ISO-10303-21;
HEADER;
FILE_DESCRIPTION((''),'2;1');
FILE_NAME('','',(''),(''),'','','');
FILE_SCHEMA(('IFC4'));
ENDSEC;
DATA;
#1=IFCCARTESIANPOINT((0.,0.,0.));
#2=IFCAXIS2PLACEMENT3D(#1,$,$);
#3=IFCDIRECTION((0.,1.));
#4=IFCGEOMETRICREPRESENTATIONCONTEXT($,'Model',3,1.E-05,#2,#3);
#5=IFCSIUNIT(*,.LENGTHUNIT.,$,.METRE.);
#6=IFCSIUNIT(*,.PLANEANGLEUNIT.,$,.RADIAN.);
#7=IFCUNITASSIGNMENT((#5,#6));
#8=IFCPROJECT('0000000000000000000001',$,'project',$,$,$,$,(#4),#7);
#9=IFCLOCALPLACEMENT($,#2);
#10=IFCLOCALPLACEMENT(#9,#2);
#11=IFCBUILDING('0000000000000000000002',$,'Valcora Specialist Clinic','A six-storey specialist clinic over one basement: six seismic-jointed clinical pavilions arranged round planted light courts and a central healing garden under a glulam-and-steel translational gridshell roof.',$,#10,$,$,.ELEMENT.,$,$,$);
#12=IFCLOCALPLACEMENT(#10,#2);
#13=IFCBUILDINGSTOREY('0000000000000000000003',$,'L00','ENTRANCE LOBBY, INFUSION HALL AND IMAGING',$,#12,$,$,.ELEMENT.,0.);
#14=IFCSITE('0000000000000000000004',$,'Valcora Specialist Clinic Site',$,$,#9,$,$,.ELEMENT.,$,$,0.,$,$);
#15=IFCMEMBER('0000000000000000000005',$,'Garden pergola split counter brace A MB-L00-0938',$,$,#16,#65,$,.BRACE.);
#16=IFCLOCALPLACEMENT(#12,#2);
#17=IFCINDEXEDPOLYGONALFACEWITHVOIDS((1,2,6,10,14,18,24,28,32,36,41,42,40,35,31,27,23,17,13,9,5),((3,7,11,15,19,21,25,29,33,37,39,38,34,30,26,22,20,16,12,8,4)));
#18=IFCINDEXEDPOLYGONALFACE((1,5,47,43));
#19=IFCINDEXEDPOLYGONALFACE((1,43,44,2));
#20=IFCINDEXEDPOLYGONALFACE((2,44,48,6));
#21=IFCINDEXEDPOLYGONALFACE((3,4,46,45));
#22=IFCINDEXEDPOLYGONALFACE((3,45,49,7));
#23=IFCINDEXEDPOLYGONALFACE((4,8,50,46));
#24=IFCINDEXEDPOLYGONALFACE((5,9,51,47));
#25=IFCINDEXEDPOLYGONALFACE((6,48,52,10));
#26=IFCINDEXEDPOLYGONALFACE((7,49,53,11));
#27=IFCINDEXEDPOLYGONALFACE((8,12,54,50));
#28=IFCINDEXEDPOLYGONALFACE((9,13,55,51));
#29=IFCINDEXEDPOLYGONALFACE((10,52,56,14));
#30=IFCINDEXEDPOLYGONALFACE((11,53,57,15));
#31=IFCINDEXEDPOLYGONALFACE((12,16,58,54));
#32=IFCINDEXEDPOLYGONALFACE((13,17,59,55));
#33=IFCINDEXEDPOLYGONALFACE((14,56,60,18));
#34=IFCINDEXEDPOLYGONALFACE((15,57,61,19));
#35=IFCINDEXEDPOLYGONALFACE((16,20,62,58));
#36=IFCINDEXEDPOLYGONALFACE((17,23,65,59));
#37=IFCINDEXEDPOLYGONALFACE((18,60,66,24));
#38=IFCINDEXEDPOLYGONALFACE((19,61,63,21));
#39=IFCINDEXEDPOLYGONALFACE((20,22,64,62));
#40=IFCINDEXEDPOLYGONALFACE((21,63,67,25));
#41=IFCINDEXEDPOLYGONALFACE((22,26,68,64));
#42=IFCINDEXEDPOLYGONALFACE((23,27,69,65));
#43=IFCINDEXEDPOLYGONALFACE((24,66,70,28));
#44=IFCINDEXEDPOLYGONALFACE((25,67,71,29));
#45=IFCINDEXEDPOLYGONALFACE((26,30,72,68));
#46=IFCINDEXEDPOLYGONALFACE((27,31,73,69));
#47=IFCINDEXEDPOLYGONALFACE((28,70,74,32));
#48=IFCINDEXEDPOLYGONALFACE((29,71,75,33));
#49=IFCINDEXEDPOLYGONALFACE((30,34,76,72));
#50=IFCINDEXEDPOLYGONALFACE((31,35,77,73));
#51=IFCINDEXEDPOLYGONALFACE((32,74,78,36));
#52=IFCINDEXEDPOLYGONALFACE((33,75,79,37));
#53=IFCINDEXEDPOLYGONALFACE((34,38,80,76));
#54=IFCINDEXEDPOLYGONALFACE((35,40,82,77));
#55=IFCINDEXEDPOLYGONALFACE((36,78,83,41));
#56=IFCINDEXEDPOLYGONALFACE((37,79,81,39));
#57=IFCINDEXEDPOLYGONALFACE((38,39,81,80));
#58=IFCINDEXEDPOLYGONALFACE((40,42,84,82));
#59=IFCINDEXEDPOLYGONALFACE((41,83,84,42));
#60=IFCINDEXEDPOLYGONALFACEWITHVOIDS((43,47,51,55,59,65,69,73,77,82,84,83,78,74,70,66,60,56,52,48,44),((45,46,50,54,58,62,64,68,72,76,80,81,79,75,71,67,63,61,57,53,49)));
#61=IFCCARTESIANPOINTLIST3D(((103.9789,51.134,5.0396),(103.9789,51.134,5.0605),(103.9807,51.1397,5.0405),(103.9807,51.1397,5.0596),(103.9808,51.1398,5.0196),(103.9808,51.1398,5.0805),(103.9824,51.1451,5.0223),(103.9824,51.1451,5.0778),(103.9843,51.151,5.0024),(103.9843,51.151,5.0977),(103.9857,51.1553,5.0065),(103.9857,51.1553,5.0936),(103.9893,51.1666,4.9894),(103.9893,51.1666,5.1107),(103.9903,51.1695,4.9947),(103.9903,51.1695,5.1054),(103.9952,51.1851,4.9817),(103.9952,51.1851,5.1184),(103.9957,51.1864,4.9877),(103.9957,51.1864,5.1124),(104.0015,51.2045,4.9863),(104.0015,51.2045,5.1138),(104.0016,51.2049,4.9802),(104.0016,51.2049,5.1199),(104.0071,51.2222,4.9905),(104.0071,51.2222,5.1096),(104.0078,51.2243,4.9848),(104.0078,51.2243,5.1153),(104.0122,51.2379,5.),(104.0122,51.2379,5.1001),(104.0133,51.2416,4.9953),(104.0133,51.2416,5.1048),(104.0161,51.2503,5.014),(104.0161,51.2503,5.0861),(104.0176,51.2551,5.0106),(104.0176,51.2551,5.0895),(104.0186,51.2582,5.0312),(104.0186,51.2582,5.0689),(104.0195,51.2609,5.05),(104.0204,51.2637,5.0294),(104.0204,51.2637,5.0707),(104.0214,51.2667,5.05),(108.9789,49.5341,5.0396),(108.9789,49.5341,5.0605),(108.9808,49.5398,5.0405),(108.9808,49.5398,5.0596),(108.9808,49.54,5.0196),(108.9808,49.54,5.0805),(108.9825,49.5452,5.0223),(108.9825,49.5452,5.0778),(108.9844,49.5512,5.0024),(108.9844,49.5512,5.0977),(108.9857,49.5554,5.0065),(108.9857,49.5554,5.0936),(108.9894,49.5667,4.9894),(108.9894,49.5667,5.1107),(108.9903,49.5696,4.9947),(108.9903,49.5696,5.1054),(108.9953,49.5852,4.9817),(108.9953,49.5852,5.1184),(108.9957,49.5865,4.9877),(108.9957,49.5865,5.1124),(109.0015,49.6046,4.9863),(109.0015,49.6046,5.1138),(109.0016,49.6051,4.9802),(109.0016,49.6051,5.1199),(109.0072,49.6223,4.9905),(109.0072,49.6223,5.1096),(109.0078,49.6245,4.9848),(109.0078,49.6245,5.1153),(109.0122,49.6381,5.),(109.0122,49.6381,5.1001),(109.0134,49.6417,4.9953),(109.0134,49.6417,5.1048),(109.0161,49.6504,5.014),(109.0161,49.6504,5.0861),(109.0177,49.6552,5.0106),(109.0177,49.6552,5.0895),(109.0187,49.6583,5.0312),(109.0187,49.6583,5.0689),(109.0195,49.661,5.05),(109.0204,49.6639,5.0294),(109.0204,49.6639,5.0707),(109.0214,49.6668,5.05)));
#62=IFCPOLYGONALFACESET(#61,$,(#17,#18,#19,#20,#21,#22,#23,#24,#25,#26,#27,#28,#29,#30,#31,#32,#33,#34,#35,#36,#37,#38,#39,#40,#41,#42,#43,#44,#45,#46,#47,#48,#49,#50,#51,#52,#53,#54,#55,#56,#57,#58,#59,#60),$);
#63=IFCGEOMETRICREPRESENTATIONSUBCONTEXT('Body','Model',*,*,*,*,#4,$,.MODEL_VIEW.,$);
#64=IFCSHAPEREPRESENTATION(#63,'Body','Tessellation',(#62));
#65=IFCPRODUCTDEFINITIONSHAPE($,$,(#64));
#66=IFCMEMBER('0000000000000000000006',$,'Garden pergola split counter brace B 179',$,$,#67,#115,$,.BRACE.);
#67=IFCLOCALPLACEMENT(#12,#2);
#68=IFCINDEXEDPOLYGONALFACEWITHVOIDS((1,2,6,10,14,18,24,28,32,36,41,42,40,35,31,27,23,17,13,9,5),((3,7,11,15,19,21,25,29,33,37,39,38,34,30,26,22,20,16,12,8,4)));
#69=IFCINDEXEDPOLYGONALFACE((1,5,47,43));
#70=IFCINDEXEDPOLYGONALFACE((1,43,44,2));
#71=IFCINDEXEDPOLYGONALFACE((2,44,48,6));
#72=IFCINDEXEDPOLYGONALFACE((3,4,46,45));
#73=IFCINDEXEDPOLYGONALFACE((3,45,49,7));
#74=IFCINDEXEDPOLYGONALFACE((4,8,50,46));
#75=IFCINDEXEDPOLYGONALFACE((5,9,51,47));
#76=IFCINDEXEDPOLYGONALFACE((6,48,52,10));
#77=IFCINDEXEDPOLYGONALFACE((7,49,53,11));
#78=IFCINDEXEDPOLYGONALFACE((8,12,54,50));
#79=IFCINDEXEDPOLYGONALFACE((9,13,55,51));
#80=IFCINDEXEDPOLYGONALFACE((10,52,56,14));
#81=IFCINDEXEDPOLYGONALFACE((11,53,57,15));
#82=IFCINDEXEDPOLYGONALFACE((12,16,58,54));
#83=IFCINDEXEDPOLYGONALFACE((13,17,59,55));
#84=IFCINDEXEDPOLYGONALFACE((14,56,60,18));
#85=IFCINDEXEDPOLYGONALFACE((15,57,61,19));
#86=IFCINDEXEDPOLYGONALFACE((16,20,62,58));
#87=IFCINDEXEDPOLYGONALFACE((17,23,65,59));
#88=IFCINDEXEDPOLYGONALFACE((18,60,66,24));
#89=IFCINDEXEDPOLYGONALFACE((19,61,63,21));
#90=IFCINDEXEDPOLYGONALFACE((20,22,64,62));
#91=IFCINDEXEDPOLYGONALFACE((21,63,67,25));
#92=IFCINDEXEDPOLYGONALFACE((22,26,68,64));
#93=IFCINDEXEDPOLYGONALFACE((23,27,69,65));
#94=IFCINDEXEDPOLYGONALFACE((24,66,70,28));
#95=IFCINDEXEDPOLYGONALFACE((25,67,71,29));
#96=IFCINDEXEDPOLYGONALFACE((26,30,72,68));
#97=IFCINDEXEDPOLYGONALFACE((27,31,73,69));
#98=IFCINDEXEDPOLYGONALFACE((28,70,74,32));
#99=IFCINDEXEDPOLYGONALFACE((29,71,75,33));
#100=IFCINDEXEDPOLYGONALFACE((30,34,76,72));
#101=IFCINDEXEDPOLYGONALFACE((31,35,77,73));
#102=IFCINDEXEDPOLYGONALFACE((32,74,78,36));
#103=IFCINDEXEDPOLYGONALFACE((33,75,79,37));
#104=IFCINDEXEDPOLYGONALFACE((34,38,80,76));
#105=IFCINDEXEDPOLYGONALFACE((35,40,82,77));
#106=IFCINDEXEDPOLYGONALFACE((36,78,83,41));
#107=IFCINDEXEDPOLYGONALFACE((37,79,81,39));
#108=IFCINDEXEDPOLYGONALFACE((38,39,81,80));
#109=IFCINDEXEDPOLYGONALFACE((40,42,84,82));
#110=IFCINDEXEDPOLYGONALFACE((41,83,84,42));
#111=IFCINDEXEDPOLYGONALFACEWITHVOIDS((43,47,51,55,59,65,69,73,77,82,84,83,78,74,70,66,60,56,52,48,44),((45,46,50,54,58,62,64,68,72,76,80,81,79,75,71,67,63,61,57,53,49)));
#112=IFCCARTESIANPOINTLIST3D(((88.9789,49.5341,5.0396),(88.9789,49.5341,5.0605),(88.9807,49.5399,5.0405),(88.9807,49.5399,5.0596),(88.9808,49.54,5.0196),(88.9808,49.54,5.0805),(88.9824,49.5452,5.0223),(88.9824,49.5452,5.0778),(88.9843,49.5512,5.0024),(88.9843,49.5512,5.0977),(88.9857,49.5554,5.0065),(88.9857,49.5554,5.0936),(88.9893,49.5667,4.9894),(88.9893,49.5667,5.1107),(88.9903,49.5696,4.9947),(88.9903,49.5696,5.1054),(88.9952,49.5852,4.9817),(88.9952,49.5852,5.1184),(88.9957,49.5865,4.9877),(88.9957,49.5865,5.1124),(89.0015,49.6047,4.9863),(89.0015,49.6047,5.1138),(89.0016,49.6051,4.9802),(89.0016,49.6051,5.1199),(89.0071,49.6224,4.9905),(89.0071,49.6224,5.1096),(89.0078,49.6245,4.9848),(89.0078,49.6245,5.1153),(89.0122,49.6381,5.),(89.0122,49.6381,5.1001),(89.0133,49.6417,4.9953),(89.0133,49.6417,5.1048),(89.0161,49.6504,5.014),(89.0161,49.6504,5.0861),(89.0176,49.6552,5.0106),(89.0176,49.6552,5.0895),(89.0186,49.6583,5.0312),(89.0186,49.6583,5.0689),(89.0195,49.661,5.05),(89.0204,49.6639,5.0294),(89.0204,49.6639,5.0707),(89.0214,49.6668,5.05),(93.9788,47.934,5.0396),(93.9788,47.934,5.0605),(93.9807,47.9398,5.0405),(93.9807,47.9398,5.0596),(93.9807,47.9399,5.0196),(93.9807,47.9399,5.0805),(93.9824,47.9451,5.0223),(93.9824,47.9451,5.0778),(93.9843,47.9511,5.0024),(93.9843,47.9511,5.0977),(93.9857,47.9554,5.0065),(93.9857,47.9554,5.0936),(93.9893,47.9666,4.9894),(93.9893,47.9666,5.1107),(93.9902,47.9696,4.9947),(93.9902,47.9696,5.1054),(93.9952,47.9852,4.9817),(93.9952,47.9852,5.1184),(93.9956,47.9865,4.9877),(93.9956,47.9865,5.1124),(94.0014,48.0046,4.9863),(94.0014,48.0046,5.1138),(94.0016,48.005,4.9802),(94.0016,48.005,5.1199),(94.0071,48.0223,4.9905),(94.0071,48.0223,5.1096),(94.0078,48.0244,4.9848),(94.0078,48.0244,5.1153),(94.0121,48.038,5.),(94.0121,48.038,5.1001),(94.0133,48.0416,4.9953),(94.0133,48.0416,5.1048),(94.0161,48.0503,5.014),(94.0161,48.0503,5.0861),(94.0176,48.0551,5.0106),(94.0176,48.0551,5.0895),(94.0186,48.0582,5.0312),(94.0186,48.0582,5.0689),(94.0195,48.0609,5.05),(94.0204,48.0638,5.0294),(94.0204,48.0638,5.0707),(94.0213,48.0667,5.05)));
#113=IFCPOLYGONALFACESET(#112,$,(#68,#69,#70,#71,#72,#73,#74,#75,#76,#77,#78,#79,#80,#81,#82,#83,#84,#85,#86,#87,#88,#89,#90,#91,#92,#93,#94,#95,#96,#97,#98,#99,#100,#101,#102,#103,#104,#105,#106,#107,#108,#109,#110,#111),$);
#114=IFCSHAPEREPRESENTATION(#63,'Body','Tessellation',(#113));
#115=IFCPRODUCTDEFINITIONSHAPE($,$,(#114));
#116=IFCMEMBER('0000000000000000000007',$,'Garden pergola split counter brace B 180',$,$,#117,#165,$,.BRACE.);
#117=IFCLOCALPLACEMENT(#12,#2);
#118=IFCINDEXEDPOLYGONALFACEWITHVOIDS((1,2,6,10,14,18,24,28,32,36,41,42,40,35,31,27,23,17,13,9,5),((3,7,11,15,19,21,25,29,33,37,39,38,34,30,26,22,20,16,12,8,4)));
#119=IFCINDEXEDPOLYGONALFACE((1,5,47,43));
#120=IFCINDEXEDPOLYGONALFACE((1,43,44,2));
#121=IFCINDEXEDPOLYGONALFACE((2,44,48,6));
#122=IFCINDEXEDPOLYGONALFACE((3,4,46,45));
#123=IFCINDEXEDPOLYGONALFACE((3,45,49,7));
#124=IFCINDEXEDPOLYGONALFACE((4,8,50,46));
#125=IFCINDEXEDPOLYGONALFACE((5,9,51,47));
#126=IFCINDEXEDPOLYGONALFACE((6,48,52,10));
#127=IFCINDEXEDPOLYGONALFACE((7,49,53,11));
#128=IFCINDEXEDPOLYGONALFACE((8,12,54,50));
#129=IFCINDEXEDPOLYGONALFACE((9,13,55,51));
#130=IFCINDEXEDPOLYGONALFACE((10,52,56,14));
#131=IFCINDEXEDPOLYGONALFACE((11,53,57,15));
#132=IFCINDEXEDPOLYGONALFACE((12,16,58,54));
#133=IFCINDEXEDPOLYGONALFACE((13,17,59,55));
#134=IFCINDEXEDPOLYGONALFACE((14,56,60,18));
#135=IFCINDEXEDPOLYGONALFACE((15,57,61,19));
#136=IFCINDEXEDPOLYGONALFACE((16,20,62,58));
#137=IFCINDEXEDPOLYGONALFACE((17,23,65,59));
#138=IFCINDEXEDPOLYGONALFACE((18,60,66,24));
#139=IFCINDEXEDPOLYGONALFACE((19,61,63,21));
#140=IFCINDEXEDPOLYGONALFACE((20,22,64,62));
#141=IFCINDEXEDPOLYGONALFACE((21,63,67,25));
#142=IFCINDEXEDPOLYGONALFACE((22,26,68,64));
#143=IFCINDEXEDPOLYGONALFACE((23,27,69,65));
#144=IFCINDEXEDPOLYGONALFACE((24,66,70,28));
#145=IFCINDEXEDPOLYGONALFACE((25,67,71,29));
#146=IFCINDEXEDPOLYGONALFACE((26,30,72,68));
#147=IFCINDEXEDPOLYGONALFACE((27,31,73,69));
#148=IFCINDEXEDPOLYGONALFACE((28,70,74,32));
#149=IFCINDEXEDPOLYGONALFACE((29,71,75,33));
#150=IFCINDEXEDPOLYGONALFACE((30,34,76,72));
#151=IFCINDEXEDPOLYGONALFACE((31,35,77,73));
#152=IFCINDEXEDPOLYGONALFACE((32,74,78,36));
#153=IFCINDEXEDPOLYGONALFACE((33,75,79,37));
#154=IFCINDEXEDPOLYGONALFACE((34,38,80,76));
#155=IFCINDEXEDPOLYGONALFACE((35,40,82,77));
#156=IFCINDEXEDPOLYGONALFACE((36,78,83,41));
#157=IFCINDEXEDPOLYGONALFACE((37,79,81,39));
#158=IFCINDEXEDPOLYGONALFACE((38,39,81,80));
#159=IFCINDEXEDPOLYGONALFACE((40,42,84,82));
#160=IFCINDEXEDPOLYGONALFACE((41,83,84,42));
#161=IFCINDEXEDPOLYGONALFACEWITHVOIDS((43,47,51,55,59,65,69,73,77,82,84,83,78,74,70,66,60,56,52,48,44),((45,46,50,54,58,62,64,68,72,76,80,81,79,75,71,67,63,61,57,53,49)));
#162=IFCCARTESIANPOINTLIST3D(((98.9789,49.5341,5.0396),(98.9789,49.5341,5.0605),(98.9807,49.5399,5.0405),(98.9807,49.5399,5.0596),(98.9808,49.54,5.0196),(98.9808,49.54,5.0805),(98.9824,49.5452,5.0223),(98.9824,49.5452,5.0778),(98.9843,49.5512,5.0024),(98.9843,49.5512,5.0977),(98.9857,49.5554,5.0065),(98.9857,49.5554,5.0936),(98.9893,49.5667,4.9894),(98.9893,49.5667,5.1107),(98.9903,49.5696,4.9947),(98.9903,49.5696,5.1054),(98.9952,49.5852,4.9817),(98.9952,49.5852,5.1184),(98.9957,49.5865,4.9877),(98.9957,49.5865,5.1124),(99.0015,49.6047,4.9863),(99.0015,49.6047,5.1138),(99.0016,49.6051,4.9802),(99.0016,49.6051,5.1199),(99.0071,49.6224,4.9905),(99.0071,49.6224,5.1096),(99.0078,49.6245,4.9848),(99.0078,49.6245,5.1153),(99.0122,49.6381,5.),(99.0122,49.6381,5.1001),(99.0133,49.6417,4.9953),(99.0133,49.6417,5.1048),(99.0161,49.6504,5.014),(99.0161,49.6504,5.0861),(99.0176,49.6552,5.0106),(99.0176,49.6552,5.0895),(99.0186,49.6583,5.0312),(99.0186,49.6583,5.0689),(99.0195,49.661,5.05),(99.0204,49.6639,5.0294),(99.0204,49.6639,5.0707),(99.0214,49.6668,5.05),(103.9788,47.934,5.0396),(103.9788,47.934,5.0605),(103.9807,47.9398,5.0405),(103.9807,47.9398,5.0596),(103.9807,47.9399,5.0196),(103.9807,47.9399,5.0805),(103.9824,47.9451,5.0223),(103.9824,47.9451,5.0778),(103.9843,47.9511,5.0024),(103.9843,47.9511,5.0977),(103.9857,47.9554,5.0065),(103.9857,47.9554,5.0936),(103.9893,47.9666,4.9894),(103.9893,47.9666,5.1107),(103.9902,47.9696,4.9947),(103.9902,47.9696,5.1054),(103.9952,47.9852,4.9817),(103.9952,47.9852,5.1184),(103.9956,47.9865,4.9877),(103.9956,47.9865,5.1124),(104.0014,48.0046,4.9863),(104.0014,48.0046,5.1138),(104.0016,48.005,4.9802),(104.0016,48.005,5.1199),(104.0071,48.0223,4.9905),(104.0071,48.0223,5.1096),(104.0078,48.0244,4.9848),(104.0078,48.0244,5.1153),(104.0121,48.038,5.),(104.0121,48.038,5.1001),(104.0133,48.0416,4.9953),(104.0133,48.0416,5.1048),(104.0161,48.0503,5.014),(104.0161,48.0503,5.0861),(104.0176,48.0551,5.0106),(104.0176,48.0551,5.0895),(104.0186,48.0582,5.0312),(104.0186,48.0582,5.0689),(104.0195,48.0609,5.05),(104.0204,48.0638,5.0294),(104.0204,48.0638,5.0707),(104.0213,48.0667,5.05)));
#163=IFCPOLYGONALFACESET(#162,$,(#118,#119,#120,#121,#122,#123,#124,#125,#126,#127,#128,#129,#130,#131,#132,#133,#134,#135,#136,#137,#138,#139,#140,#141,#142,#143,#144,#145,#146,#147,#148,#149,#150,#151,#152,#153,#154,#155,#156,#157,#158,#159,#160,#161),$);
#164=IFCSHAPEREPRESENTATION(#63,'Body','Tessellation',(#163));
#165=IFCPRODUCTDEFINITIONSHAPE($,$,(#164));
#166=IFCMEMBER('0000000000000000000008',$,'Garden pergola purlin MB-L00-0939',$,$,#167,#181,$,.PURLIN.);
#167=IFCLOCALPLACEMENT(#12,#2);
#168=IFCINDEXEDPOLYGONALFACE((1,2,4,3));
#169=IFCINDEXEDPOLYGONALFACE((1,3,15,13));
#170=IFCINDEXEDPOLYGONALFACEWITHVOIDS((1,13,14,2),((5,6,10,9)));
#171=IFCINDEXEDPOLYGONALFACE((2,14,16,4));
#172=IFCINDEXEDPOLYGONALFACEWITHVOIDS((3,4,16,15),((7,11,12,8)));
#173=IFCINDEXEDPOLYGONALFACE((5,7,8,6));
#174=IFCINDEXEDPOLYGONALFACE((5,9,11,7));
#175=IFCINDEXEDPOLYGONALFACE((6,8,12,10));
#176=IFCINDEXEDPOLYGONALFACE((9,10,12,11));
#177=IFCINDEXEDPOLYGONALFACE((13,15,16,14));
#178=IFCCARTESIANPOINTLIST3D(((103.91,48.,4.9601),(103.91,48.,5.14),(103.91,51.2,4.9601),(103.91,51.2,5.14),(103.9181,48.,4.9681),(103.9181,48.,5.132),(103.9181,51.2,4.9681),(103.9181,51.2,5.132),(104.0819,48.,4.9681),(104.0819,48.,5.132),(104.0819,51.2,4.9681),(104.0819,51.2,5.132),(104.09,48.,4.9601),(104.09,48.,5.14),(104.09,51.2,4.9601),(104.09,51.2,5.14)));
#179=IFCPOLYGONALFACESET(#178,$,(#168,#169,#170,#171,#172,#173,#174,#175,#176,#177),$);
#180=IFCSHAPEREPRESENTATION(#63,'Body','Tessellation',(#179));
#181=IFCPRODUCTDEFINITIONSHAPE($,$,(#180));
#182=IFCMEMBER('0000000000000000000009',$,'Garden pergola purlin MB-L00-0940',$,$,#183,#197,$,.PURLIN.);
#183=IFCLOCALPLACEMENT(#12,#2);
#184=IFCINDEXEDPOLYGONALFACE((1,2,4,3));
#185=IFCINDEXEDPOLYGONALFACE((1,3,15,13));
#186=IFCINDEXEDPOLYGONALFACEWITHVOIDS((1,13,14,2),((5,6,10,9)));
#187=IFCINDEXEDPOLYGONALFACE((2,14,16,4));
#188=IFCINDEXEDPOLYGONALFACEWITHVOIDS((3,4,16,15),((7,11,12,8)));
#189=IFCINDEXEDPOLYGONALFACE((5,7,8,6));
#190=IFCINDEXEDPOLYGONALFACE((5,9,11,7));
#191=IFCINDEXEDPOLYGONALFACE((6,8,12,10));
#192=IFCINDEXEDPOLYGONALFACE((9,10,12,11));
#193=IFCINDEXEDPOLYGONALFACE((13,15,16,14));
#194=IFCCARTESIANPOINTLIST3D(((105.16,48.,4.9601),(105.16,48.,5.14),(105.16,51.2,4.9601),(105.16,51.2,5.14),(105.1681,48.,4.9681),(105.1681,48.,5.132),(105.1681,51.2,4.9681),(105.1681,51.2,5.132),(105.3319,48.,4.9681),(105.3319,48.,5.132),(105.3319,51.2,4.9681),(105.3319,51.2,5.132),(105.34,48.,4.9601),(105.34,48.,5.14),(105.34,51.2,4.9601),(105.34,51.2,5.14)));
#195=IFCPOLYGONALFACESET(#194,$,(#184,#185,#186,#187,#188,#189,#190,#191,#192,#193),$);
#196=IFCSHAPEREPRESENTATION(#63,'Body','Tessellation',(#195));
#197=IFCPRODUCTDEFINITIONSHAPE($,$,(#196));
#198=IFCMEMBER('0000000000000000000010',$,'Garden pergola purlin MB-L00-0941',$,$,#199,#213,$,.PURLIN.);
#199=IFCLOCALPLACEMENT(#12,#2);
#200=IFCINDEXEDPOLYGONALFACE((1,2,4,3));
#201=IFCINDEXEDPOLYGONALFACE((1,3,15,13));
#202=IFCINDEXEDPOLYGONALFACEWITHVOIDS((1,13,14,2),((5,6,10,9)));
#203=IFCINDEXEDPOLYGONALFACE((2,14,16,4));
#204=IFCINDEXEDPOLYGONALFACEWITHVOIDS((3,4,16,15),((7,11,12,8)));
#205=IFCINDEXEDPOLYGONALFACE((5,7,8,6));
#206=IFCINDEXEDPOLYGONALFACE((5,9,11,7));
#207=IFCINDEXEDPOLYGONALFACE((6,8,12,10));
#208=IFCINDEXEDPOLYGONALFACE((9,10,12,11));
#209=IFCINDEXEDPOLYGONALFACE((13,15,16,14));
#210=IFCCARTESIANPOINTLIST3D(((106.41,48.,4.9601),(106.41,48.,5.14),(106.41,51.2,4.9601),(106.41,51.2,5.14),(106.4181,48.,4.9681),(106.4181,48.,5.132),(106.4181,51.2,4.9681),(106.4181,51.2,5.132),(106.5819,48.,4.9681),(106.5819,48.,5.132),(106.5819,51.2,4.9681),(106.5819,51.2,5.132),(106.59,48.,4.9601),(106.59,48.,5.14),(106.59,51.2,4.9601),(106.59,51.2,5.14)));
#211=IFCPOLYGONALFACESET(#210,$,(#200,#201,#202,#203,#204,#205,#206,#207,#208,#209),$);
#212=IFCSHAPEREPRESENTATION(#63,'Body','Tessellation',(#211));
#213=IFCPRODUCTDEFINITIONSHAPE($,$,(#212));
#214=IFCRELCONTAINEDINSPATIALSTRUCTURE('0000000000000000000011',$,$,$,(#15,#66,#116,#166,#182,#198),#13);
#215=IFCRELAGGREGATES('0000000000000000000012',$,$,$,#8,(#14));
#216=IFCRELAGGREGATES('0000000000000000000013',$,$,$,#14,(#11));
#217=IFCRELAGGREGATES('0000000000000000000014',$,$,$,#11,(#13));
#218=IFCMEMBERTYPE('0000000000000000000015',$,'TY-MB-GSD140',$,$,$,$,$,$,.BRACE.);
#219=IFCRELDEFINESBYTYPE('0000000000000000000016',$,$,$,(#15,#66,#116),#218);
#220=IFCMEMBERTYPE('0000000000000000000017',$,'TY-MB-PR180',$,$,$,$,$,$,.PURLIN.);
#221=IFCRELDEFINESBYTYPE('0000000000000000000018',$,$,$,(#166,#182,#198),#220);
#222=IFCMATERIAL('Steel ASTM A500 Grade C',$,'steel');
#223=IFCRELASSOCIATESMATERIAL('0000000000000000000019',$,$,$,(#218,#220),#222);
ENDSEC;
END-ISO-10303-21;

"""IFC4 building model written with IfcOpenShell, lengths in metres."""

from ifc_helpers import new_model, si_unit, direction, frame, origin, origin_2d, place, context, subcontext, project, spatial, hollow_rectangle, hollow_circle, extrude, material, material_profile, profile_set, type_object, element, save


model = new_model("IFC4")

# Units and contexts
model_context = context("Model", 3, precision=1e-05, world=origin(), true_north=direction((0.0, 1.0)))
body_context = subcontext(model_context, "Body", "Model", "MODEL_VIEW")
ifc_project = project(units=[si_unit("LENGTHUNIT", "METRE"), si_unit("PLANEANGLEUNIT", "RADIAN")], contexts=[model_context])

# Site, building, storey
site_placement = place(None, origin())
site = spatial("IfcSite", under=ifc_project, at=site_placement, Name="Valcora Specialist Clinic Site", CompositionType="ELEMENT", RefElevation=0.0)
building_placement = place(site_placement, origin())
building = spatial("IfcBuilding", under=site, at=building_placement, Name="Valcora Specialist Clinic", Description="A six-storey specialist clinic over one basement: six seismic-jointed clinical pavilions arranged round planted light courts and a central healing garden under a glulam-and-steel translational gridshell roof.", CompositionType="ELEMENT")
storey_placement = place(building_placement, origin())
storey = spatial("IfcBuildingStorey", under=building, at=storey_placement, Name="L00", Description="ENTRANCE LOBBY, INFUSION HALL AND IMAGING", CompositionType="ELEMENT", Elevation=0.0)

# Members
ifc_material_1 = material(Name="Steel ASTM A500 Grade C", Category="steel")
ifc_material_profile_1 = material_profile(ifc_material_1, hollow_circle(Radius=0.0701, WallThickness=0.0061, at=origin_2d()), Name="ST-CHS-140X6")
ifc_profile_set_1 = profile_set([ifc_material_profile_1], Name="Steel ASTM A500 Grade C")
member_type_1 = type_object("IfcMemberType", Name="TY-MB-GSD140", PredefinedType="BRACE", material=ifc_profile_set_1)
for number, where, z_axis, x_axis, name in (
    (1, (104.0, 51.2, 5.05), (0.952432, -0.30475, 0.0), (0.30475, 0.952432, 0.0), "Garden pergola split counter brace A MB-L00-0938"),
    (2, (89.0, 49.6001, 5.05), (0.952419, -0.304793, 0.0), (0.304793, 0.952419, 0.0), "Garden pergola split counter brace B 179"),
    (3, (99.0, 49.6001, 5.05), (0.952419, -0.304793, 0.0), (0.304793, 0.952419, 0.0), "Garden pergola split counter brace B 180"),
):
    element("IfcMember", number, at=place(storey_placement, frame(where, z_axis=z_axis, x_axis=x_axis)), inside=storey, type_object=member_type_1, Name=name, PredefinedType="BRACE", context=body_context, shape_type="SweptSolid", body=[
        extrude(hollow_circle(Radius=0.0701, WallThickness=0.0061, at=origin_2d()), origin(), (0.0, 0.0, 1.0), 5.2498),
    ])
ifc_material_profile_2 = material_profile(ifc_material_1, hollow_rectangle(XDim=0.1799, YDim=0.1799, WallThickness=0.0081, at=origin_2d()), Name="ST-RHS-180X180X8")
ifc_profile_set_2 = profile_set([ifc_material_profile_2], Name="Steel ASTM A500 Grade C")
member_type_2 = type_object("IfcMemberType", Name="TY-MB-PR180", PredefinedType="PURLIN", material=ifc_profile_set_2)
for number, where, z_axis, x_axis, name in (
    (4, (104.0, 48.0, 5.05), (0.0, 1.0, 0.0), (-1.0, 0.0, 0.0), "Garden pergola purlin MB-L00-0939"),
    (5, (105.25, 48.0, 5.05), (0.0, 1.0, 0.0), (-1.0, 0.0, 0.0), "Garden pergola purlin MB-L00-0940"),
    (6, (106.5, 48.0, 5.05), (0.0, 1.0, 0.0), (-1.0, 0.0, 0.0), "Garden pergola purlin MB-L00-0941"),
):
    element("IfcMember", number, at=place(storey_placement, frame(where, z_axis=z_axis, x_axis=x_axis)), inside=storey, type_object=member_type_2, Name=name, PredefinedType="PURLIN", context=body_context, shape_type="SweptSolid", body=[
        extrude(hollow_rectangle(XDim=0.1799, YDim=0.1799, WallThickness=0.0081, at=origin_2d()), origin(), (0.0, 0.0, 1.0), 3.2),
    ])

save(model, "model.ifc")
